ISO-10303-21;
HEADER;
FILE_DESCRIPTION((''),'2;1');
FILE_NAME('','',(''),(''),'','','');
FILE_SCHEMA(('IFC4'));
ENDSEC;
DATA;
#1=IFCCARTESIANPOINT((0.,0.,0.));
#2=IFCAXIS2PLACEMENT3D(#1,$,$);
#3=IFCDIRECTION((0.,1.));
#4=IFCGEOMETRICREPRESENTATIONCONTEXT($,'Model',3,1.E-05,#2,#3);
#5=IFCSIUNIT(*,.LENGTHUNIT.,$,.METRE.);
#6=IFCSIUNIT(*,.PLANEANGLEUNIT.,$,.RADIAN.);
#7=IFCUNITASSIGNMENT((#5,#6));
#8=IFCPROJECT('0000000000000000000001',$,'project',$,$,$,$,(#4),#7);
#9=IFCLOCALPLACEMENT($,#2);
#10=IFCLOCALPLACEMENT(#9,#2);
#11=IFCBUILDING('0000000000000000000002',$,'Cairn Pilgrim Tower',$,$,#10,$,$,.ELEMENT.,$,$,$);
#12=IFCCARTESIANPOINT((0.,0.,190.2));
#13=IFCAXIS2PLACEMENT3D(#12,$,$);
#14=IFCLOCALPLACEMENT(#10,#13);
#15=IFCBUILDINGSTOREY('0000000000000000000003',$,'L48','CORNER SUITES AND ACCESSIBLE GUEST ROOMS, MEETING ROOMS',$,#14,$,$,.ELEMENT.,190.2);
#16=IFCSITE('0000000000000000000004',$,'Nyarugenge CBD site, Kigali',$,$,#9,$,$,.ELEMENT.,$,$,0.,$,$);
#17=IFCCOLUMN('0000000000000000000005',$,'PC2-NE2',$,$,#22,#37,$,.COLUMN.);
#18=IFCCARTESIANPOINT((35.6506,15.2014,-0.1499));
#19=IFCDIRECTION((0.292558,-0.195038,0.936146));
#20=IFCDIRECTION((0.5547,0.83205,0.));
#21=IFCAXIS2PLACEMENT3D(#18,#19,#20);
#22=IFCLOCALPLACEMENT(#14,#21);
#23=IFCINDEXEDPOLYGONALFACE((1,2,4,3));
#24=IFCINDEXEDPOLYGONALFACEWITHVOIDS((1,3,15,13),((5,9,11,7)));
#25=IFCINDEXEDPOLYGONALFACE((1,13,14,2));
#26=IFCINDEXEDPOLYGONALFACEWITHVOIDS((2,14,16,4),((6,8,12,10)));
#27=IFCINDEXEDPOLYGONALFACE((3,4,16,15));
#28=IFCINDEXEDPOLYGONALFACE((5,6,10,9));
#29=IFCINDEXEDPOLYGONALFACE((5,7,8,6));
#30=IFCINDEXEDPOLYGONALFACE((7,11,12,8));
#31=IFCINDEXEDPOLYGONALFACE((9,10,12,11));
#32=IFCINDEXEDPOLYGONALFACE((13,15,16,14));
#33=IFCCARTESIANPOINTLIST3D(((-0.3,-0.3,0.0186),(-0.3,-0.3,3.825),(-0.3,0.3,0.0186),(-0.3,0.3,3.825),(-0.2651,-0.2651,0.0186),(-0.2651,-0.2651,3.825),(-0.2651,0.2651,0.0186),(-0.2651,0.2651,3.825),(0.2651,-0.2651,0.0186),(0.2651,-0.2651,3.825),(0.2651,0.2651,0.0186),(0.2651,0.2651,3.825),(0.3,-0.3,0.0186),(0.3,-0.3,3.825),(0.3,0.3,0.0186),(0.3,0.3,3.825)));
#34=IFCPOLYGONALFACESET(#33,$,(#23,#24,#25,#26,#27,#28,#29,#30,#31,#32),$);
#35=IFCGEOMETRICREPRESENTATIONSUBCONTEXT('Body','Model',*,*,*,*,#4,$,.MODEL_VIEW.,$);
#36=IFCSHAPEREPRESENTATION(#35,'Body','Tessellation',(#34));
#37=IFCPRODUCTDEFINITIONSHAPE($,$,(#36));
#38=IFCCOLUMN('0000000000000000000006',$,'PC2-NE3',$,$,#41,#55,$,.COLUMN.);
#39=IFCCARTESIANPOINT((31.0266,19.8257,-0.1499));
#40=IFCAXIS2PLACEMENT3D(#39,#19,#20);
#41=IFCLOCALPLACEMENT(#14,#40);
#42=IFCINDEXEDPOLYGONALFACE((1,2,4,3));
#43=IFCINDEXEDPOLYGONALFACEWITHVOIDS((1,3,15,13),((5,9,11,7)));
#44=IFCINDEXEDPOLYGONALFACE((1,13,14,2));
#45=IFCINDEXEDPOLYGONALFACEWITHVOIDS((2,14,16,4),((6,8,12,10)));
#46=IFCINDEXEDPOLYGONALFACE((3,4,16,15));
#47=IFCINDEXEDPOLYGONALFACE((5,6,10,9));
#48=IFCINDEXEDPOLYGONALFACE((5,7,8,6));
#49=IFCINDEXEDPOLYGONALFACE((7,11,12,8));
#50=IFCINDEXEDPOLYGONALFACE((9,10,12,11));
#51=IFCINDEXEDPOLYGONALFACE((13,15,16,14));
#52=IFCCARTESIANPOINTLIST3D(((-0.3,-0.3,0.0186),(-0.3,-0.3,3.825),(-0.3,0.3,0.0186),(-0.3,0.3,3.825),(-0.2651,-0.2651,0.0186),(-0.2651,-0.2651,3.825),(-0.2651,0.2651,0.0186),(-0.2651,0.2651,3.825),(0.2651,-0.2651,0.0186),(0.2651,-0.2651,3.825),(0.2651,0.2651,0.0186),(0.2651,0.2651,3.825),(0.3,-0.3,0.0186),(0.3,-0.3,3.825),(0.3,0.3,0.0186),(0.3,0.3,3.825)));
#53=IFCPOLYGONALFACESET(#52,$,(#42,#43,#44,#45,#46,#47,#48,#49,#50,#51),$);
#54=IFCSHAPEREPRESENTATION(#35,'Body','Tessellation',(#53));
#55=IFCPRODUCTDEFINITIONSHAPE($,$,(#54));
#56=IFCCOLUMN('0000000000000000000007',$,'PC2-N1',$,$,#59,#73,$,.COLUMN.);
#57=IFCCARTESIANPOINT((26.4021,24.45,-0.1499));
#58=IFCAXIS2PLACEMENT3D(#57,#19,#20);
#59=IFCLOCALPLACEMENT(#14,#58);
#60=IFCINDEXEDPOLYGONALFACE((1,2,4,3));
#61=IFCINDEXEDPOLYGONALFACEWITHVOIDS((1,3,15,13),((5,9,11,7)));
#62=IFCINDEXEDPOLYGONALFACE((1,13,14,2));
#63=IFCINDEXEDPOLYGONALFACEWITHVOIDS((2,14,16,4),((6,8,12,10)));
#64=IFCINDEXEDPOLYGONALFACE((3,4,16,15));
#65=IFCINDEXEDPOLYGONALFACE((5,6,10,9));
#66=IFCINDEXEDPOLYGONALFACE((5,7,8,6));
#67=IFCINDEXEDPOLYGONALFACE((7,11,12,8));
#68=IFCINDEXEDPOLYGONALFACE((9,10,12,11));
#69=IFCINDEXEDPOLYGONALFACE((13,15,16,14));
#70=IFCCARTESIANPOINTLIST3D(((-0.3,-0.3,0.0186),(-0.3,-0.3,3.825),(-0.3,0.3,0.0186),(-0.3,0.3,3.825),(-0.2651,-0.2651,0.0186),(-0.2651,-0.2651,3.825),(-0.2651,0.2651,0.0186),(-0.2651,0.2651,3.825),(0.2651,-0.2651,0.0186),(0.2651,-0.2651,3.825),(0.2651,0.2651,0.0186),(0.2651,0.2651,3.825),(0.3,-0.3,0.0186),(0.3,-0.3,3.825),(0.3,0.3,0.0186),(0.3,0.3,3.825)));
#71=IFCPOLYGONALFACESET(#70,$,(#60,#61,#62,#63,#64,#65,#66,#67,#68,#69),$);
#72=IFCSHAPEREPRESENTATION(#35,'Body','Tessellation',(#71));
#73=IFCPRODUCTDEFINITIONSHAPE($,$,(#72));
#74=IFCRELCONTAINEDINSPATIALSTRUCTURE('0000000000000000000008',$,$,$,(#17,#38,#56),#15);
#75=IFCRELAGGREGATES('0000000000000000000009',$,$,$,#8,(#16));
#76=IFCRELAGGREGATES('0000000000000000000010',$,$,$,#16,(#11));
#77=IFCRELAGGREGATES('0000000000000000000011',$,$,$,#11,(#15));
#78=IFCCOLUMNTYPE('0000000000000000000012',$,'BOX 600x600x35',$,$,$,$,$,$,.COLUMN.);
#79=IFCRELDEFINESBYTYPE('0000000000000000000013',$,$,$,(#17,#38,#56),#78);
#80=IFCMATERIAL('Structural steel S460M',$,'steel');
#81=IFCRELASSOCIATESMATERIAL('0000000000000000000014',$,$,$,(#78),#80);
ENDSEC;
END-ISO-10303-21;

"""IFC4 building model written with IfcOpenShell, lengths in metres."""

from ifc_helpers import new_model, si_unit, direction, frame, origin, origin_2d, place, context, subcontext, project, spatial, hollow_rectangle, extrude, clip, halfspace, material, material_profile, profile_set, type_object, element, save


model = new_model("IFC4")

# Units and contexts
model_context = context("Model", 3, precision=1e-05, world=origin(), true_north=direction((0.0, 1.0)))
body_context = subcontext(model_context, "Body", "Model", "MODEL_VIEW")
ifc_project = project(units=[si_unit("LENGTHUNIT", "METRE"), si_unit("PLANEANGLEUNIT", "RADIAN")], contexts=[model_context])

# Site, building, storey
site_placement = place(None, origin())
site = spatial("IfcSite", under=ifc_project, at=site_placement, Name="Nyarugenge CBD site, Kigali", CompositionType="ELEMENT", RefElevation=0.0)
building_placement = place(site_placement, origin())
building = spatial("IfcBuilding", under=site, at=building_placement, Name="Cairn Pilgrim Tower", CompositionType="ELEMENT")
storey_placement = place(building_placement, frame((0.0, 0.0, 190.2)))
storey = spatial("IfcBuildingStorey", under=building, at=storey_placement, Name="L48", Description="CORNER SUITES AND ACCESSIBLE GUEST ROOMS, MEETING ROOMS", CompositionType="ELEMENT", Elevation=190.2)

# Columns
ifc_material_1 = material(Name="Structural steel S460M", Category="steel")
ifc_material_profile_1 = material_profile(ifc_material_1, hollow_rectangle(XDim=0.6001, YDim=0.6001, WallThickness=0.0349, at=origin_2d()), Name="BOX 600x600x35")
ifc_profile_set_1 = profile_set([ifc_material_profile_1], Name="Structural steel S460M")
column_type = type_object("IfcColumnType", Name="BOX 600x600x35", PredefinedType="COLUMN", material=ifc_profile_set_1)
for number, where, z_axis, x_axis, name in (
    (1, (35.6506, 15.2014, -0.1499), (0.292558, -0.195038, 0.936146), (0.5547, 0.83205, 0.0), "PC2-NE2"),
    (2, (31.0266, 19.8257, -0.1499), (0.292558, -0.195038, 0.936146), (0.5547, 0.83205, 0.0), "PC2-NE3"),
    (3, (26.4021, 24.45, -0.1499), (0.292558, -0.195038, 0.936146), (0.5547, 0.83205, 0.0), "PC2-N1"),
):
    element("IfcColumn", number, at=place(storey_placement, frame(where, z_axis=z_axis, x_axis=x_axis)), inside=storey, type_object=column_type, Name=name, PredefinedType="COLUMN", context=body_context, shape_type="Clipping", body=[
        clip(clip(extrude(hollow_rectangle(XDim=0.6001, YDim=0.6001, WallThickness=0.0349, at=origin_2d()), origin(), (0.0, 0.0, 1.0), 3.8455), halfspace(frame((0.0, 0.0, 0.0186), z_axis=(0.0, 0.0, 1.0), x_axis=(1.0, 0.0, 0.0)), True)), halfspace(frame((0.0, 0.0, 3.825), z_axis=(0.0, 0.0, 1.0), x_axis=(1.0, 0.0, 0.0)), False)),
    ])

save(model, "model.ifc")
